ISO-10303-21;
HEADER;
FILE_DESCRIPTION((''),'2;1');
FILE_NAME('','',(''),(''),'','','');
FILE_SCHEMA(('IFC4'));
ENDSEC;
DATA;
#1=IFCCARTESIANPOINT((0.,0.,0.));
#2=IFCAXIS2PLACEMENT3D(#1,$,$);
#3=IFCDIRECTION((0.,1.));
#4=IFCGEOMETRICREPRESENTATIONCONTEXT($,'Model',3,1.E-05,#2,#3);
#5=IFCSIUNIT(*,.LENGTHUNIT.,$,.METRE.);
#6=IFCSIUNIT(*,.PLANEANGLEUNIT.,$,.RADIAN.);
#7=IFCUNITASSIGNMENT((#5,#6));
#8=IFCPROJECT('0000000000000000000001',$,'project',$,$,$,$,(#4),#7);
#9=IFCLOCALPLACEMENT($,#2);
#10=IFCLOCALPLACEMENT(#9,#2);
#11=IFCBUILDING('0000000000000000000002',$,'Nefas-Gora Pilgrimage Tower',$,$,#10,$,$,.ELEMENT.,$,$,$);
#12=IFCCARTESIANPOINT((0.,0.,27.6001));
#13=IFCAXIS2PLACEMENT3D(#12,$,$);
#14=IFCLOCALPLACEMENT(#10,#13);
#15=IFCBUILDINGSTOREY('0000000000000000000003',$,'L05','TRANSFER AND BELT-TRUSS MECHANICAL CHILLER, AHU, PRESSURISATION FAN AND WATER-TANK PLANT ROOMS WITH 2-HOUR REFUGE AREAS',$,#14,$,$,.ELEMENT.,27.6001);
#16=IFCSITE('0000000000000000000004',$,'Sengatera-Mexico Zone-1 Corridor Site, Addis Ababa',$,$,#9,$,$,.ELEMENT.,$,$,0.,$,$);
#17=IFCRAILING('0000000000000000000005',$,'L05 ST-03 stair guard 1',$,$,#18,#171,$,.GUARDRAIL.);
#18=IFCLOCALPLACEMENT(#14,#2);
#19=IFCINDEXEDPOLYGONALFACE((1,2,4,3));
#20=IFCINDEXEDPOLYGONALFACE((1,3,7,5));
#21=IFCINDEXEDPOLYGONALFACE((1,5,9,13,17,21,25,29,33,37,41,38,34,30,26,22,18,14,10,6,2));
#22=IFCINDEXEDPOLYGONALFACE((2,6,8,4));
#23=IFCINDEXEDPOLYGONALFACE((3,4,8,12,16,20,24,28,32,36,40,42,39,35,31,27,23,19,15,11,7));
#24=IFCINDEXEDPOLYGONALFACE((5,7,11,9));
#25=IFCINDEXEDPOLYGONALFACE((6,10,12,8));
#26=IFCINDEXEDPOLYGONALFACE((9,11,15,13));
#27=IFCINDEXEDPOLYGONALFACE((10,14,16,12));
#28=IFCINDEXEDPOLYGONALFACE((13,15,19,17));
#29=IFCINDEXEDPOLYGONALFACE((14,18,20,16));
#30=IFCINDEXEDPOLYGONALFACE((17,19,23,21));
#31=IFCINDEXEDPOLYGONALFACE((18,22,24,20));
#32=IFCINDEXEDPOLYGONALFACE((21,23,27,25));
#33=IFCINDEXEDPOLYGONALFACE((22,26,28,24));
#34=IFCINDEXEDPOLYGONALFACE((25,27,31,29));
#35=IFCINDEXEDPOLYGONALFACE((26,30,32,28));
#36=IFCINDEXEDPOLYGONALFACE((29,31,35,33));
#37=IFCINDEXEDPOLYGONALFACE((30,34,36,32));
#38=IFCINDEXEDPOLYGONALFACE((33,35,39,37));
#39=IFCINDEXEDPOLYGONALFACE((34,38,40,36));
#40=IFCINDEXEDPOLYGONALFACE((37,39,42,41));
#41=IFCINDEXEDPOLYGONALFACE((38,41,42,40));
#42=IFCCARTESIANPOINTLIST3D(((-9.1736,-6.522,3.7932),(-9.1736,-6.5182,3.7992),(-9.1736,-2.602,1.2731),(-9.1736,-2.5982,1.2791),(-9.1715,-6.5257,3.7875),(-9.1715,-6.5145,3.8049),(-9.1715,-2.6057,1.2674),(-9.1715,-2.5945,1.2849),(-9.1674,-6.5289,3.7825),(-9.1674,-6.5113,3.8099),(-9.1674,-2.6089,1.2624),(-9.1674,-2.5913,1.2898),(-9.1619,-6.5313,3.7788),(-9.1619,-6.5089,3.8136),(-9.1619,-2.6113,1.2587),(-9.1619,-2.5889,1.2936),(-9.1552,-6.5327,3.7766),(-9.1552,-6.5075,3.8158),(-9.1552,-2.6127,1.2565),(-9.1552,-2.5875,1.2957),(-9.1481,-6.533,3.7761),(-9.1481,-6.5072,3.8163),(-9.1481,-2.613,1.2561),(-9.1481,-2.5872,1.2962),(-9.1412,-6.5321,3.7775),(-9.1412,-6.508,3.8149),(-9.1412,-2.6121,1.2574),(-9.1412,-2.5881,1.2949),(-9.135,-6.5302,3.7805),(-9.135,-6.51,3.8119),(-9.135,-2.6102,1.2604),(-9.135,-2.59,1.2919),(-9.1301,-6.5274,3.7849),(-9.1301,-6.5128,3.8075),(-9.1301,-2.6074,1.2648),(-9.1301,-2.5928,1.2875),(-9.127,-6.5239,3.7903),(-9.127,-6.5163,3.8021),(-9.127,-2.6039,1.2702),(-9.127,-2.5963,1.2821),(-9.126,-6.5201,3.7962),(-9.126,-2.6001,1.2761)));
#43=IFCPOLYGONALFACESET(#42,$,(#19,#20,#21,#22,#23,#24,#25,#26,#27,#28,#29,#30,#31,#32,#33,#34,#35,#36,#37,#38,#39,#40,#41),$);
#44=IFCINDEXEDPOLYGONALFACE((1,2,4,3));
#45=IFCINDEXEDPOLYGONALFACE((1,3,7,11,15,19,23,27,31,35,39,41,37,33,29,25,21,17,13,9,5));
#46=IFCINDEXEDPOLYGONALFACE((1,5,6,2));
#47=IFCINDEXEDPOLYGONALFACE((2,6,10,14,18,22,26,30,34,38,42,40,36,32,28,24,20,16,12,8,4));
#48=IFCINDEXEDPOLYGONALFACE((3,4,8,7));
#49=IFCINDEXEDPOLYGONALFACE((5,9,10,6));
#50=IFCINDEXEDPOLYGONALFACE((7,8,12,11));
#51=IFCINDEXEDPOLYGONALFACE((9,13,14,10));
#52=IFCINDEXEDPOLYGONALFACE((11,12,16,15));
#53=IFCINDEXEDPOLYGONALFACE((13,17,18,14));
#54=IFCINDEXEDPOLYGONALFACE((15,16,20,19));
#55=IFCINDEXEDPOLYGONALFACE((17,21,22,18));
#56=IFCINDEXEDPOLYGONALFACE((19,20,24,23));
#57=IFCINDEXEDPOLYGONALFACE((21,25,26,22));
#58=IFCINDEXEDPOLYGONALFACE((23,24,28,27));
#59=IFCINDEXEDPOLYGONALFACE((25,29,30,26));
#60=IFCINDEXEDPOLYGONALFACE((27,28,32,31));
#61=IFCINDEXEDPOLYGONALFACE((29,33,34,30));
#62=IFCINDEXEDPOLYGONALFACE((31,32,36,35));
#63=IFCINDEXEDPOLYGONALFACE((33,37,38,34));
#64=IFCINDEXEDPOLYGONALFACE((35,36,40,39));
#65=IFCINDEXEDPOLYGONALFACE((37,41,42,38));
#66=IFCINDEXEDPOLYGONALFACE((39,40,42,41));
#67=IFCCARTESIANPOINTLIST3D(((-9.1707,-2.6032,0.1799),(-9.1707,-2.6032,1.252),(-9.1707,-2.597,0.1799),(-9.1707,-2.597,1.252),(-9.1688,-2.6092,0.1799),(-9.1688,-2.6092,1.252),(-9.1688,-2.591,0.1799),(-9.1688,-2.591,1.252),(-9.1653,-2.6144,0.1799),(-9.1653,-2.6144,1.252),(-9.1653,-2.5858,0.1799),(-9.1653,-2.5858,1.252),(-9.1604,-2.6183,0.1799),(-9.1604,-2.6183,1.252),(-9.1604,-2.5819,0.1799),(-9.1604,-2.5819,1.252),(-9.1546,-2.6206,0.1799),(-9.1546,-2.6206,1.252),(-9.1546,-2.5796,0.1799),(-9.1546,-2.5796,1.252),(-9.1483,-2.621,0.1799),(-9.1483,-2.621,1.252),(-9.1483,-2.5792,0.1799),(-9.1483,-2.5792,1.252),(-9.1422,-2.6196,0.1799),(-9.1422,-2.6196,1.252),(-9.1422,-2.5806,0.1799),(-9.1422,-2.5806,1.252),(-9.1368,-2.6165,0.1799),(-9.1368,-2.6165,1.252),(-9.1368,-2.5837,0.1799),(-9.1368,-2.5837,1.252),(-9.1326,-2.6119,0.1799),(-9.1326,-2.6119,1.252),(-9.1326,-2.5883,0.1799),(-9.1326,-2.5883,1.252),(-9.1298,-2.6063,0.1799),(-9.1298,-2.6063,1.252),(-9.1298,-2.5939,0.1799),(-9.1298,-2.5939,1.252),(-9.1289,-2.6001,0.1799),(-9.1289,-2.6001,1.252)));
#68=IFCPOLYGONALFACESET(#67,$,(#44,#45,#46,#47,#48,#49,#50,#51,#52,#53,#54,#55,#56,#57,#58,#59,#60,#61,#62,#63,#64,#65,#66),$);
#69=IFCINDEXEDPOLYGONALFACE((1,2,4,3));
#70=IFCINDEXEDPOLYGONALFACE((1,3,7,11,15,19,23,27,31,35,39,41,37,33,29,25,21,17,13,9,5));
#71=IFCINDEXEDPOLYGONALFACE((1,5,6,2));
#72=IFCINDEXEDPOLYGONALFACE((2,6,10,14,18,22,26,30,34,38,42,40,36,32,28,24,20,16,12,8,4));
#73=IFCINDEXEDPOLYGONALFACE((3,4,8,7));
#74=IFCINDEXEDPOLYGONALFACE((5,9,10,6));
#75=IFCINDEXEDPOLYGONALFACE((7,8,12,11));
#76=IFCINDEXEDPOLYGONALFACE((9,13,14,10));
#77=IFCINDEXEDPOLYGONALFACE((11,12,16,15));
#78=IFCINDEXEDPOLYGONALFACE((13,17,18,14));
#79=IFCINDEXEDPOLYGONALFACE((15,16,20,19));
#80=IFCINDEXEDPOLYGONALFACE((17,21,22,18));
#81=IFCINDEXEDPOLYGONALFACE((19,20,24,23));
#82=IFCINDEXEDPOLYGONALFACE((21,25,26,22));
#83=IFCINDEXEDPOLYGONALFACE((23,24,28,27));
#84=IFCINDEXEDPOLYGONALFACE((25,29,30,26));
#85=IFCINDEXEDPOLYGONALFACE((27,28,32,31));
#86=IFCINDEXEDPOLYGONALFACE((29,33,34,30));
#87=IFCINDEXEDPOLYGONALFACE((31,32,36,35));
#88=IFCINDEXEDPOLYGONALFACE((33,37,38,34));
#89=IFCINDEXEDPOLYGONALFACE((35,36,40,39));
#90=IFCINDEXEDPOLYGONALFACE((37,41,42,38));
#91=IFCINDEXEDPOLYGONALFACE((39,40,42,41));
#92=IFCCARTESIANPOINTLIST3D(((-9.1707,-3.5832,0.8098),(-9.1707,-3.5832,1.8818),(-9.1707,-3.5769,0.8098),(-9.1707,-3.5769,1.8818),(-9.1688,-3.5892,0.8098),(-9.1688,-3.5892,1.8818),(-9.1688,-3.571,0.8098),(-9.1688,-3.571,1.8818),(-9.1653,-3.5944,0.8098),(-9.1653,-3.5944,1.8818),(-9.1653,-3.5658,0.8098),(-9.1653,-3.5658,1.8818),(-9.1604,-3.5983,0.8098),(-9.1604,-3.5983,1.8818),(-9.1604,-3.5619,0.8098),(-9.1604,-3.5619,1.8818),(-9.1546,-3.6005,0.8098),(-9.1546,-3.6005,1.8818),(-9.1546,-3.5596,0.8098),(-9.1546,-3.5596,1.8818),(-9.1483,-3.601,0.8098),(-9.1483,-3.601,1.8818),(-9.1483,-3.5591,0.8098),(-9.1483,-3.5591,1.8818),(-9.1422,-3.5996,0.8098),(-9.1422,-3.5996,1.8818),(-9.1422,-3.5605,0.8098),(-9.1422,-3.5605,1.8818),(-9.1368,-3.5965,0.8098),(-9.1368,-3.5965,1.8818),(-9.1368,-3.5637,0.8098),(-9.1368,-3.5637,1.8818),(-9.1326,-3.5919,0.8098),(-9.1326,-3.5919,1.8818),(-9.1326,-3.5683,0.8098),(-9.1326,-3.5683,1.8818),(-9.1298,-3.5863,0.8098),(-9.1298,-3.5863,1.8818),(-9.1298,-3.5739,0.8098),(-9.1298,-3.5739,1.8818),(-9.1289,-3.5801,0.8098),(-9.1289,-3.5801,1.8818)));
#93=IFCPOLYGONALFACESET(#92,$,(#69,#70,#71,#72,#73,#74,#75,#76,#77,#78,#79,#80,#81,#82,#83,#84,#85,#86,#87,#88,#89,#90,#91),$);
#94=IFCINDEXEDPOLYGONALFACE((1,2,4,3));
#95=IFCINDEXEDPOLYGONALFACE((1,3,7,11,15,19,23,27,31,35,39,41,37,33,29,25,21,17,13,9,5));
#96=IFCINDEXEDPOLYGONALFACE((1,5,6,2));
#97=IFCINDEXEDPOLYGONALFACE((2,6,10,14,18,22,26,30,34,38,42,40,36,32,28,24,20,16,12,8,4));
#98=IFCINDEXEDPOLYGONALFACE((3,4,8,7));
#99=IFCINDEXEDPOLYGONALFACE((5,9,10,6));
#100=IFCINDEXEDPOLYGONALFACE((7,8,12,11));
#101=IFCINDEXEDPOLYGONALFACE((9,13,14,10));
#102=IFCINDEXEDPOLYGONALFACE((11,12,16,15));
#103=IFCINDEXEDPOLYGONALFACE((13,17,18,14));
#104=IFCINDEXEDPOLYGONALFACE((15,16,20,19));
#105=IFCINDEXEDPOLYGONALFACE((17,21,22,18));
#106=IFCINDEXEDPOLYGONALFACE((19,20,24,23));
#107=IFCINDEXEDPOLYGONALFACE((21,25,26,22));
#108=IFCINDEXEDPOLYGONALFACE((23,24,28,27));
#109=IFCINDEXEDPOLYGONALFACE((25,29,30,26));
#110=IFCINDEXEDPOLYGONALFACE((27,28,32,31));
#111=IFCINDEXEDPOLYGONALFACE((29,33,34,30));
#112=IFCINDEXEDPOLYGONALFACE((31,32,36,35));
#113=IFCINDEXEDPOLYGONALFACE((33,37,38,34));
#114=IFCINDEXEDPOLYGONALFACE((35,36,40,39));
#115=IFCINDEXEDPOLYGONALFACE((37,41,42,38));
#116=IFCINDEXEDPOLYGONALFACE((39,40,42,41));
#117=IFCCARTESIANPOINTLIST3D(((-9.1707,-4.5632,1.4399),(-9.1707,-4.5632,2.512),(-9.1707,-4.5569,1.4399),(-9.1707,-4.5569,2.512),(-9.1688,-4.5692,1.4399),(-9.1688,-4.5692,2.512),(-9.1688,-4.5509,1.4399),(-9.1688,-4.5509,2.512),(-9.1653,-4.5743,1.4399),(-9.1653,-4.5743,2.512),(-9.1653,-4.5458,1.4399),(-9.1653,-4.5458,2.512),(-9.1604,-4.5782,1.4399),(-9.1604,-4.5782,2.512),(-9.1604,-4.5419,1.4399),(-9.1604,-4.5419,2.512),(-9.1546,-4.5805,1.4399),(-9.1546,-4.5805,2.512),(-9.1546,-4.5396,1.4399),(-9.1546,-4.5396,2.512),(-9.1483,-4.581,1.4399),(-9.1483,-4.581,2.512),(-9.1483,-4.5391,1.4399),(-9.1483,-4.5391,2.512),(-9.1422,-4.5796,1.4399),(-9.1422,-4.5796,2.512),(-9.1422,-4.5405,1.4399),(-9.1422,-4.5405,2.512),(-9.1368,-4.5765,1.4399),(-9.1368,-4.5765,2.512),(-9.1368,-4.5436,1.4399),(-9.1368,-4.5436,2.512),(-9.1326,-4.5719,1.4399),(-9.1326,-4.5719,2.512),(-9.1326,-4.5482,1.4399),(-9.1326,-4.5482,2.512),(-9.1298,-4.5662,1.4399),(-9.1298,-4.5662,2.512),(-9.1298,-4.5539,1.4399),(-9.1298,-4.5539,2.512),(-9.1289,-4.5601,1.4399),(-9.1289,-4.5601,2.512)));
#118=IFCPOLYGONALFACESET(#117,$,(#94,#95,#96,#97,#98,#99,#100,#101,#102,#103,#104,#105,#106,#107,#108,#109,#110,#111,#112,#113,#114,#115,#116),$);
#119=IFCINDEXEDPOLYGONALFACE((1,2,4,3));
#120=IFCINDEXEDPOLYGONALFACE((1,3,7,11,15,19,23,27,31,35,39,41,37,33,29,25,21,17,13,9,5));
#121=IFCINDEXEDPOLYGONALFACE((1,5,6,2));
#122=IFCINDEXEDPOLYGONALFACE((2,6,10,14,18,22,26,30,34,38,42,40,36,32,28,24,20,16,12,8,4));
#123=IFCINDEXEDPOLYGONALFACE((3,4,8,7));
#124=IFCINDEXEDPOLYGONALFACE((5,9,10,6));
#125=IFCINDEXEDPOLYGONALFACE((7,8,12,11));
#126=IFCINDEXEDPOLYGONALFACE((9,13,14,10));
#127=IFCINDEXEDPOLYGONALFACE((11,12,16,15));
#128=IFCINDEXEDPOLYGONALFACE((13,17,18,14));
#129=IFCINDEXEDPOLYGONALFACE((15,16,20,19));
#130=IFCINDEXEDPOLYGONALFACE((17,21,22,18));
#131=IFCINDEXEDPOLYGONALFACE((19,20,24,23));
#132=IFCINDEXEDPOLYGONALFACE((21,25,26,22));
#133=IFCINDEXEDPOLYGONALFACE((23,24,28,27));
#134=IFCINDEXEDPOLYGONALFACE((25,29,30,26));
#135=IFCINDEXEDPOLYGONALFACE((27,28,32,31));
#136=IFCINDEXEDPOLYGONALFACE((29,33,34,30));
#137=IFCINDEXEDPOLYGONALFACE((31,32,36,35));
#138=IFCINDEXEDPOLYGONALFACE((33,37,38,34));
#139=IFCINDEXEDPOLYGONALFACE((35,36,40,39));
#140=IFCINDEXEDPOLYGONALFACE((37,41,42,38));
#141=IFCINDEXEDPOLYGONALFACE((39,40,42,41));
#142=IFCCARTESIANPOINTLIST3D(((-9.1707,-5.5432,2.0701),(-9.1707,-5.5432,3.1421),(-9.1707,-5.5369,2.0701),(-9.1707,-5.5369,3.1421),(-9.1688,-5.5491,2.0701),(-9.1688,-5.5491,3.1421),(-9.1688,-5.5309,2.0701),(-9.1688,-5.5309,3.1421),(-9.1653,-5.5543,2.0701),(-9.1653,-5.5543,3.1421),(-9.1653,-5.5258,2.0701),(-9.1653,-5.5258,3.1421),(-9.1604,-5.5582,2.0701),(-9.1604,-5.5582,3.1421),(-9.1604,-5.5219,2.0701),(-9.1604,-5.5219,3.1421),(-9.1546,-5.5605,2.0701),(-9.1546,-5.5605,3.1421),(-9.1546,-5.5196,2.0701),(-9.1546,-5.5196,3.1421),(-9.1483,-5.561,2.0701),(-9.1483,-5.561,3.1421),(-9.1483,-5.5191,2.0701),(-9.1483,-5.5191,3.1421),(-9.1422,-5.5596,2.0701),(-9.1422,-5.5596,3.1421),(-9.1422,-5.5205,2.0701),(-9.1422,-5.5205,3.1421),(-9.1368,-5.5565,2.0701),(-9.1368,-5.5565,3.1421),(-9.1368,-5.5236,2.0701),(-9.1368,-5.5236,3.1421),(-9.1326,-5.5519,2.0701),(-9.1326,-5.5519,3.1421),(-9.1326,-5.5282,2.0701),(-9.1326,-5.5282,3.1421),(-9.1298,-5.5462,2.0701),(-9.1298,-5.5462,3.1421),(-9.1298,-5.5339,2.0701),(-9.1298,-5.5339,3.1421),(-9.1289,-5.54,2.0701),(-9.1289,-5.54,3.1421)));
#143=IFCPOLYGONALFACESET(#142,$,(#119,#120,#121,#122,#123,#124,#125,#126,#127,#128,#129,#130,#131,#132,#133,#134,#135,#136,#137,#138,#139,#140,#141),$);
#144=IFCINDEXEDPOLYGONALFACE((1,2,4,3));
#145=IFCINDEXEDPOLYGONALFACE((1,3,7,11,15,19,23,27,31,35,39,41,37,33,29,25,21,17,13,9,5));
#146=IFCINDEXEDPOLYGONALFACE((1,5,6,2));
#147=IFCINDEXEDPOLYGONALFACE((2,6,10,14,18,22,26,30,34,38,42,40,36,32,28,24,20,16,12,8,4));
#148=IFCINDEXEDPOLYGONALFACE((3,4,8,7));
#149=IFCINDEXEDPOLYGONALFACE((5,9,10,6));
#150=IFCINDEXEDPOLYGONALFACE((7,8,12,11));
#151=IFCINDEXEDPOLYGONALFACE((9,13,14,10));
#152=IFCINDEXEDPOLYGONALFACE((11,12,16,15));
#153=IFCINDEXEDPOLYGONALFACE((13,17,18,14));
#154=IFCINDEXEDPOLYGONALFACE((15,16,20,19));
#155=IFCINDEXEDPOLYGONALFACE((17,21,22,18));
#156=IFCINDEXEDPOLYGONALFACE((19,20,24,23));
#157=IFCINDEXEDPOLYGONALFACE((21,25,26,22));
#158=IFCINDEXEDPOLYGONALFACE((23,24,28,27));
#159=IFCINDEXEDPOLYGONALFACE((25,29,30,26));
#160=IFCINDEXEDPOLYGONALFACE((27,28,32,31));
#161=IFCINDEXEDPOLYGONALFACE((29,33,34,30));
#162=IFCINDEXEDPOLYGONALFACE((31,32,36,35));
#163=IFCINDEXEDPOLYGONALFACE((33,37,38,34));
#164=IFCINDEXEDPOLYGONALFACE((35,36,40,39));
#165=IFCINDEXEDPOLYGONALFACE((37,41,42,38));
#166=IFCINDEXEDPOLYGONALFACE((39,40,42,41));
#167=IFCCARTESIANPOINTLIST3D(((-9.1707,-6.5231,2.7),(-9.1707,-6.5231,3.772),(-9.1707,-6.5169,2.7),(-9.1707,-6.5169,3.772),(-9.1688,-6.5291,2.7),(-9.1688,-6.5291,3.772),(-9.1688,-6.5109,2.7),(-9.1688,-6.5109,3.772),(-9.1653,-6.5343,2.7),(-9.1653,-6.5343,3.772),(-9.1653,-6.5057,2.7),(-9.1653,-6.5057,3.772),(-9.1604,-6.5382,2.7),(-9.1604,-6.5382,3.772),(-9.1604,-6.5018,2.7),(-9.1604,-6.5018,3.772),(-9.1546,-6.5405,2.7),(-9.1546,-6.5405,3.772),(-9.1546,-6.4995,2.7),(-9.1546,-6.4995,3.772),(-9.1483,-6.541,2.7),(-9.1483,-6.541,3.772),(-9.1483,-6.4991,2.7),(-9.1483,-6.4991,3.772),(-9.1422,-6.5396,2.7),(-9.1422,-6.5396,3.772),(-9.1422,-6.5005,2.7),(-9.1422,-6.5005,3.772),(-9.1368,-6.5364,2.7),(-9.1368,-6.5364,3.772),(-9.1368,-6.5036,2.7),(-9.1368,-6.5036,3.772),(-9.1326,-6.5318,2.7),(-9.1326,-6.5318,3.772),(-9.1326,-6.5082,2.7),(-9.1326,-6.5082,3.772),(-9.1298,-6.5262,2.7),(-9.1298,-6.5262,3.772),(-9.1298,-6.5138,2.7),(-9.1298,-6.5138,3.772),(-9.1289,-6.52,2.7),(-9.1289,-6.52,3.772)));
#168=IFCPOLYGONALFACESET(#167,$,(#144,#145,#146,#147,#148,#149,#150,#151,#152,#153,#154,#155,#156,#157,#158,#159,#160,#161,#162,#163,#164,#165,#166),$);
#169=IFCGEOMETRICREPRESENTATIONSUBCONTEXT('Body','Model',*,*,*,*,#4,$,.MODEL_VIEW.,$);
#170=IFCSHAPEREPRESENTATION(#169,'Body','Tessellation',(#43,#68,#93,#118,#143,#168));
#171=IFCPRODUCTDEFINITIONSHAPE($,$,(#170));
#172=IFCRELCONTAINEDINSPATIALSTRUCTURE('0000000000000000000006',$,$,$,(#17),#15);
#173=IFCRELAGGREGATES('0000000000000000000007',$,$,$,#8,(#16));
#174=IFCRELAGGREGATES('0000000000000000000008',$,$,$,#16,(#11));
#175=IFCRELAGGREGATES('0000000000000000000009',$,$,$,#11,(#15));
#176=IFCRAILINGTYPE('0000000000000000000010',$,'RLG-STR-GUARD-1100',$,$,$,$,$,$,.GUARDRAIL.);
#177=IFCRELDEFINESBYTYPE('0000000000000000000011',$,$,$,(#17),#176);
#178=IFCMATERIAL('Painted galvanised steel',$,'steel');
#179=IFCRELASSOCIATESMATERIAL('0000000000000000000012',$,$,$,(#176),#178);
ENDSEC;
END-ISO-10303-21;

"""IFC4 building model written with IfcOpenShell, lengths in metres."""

from ifc_helpers import new_model, si_unit, direction, frame, origin, origin_2d, place, context, subcontext, project, spatial, circle, extrude, material, type_object, element, save


model = new_model("IFC4")

# Units and contexts
model_context = context("Model", 3, precision=1e-05, world=origin(), true_north=direction((0.0, 1.0)))
body_context = subcontext(model_context, "Body", "Model", "MODEL_VIEW")
ifc_project = project(units=[si_unit("LENGTHUNIT", "METRE"), si_unit("PLANEANGLEUNIT", "RADIAN")], contexts=[model_context])

# Site, building, storey
site_placement = place(None, origin())
site = spatial("IfcSite", under=ifc_project, at=site_placement, Name="Sengatera-Mexico Zone-1 Corridor Site, Addis Ababa", CompositionType="ELEMENT", RefElevation=0.0)
building_placement = place(site_placement, origin())
building = spatial("IfcBuilding", under=site, at=building_placement, Name="Nefas-Gora Pilgrimage Tower", CompositionType="ELEMENT")
storey_placement = place(building_placement, frame((0.0, 0.0, 27.6001)))
storey = spatial("IfcBuildingStorey", under=building, at=storey_placement, Name="L05", Description="TRANSFER AND BELT-TRUSS MECHANICAL CHILLER, AHU, PRESSURISATION FAN AND WATER-TANK PLANT ROOMS WITH 2-HOUR REFUGE AREAS", CompositionType="ELEMENT", Elevation=27.6001)

# Railing
ifc_material_1 = material(Name="Painted galvanised steel", Category="steel")
railing_type_1 = type_object("IfcRailingType", Name="RLG-STR-GUARD-1100", PredefinedType="GUARDRAIL", material=ifc_material_1)
railing_1_placement = place(storey_placement, frame((-9.1499, -2.6001, 0.1799)))
element("IfcRailing", 1, at=railing_1_placement, inside=storey, type_object=railing_type_1, Name="L05 ST-03 stair guard 1", PredefinedType="GUARDRAIL", context=body_context, shape_type="SweptSolid", body=[
    extrude(circle(Radius=0.0239, at=origin_2d()), frame((0.0, 0.0, 1.0962), z_axis=(0.0, -0.841172, 0.540768), x_axis=(1.0, 0.0, 0.0)), (0.0, 0.0, 1.0), 4.6602),
    extrude(circle(Radius=0.021, at=origin_2d()), origin(), (0.0, 0.0, 1.0), 1.072),
    extrude(circle(Radius=0.021, at=origin_2d()), frame((0.0, -0.98, 0.6299)), (0.0, 0.0, 1.0), 1.072),
    extrude(circle(Radius=0.021, at=origin_2d()), frame((0.0, -1.96, 1.26)), (0.0, 0.0, 1.0), 1.072),
    extrude(circle(Radius=0.021, at=origin_2d()), frame((0.0, -2.9399, 1.8901)), (0.0, 0.0, 1.0), 1.072),
    extrude(circle(Radius=0.021, at=origin_2d()), frame((0.0, -3.9199, 2.52)), (0.0, 0.0, 1.0), 1.072),
])

save(model, "model.ifc")
